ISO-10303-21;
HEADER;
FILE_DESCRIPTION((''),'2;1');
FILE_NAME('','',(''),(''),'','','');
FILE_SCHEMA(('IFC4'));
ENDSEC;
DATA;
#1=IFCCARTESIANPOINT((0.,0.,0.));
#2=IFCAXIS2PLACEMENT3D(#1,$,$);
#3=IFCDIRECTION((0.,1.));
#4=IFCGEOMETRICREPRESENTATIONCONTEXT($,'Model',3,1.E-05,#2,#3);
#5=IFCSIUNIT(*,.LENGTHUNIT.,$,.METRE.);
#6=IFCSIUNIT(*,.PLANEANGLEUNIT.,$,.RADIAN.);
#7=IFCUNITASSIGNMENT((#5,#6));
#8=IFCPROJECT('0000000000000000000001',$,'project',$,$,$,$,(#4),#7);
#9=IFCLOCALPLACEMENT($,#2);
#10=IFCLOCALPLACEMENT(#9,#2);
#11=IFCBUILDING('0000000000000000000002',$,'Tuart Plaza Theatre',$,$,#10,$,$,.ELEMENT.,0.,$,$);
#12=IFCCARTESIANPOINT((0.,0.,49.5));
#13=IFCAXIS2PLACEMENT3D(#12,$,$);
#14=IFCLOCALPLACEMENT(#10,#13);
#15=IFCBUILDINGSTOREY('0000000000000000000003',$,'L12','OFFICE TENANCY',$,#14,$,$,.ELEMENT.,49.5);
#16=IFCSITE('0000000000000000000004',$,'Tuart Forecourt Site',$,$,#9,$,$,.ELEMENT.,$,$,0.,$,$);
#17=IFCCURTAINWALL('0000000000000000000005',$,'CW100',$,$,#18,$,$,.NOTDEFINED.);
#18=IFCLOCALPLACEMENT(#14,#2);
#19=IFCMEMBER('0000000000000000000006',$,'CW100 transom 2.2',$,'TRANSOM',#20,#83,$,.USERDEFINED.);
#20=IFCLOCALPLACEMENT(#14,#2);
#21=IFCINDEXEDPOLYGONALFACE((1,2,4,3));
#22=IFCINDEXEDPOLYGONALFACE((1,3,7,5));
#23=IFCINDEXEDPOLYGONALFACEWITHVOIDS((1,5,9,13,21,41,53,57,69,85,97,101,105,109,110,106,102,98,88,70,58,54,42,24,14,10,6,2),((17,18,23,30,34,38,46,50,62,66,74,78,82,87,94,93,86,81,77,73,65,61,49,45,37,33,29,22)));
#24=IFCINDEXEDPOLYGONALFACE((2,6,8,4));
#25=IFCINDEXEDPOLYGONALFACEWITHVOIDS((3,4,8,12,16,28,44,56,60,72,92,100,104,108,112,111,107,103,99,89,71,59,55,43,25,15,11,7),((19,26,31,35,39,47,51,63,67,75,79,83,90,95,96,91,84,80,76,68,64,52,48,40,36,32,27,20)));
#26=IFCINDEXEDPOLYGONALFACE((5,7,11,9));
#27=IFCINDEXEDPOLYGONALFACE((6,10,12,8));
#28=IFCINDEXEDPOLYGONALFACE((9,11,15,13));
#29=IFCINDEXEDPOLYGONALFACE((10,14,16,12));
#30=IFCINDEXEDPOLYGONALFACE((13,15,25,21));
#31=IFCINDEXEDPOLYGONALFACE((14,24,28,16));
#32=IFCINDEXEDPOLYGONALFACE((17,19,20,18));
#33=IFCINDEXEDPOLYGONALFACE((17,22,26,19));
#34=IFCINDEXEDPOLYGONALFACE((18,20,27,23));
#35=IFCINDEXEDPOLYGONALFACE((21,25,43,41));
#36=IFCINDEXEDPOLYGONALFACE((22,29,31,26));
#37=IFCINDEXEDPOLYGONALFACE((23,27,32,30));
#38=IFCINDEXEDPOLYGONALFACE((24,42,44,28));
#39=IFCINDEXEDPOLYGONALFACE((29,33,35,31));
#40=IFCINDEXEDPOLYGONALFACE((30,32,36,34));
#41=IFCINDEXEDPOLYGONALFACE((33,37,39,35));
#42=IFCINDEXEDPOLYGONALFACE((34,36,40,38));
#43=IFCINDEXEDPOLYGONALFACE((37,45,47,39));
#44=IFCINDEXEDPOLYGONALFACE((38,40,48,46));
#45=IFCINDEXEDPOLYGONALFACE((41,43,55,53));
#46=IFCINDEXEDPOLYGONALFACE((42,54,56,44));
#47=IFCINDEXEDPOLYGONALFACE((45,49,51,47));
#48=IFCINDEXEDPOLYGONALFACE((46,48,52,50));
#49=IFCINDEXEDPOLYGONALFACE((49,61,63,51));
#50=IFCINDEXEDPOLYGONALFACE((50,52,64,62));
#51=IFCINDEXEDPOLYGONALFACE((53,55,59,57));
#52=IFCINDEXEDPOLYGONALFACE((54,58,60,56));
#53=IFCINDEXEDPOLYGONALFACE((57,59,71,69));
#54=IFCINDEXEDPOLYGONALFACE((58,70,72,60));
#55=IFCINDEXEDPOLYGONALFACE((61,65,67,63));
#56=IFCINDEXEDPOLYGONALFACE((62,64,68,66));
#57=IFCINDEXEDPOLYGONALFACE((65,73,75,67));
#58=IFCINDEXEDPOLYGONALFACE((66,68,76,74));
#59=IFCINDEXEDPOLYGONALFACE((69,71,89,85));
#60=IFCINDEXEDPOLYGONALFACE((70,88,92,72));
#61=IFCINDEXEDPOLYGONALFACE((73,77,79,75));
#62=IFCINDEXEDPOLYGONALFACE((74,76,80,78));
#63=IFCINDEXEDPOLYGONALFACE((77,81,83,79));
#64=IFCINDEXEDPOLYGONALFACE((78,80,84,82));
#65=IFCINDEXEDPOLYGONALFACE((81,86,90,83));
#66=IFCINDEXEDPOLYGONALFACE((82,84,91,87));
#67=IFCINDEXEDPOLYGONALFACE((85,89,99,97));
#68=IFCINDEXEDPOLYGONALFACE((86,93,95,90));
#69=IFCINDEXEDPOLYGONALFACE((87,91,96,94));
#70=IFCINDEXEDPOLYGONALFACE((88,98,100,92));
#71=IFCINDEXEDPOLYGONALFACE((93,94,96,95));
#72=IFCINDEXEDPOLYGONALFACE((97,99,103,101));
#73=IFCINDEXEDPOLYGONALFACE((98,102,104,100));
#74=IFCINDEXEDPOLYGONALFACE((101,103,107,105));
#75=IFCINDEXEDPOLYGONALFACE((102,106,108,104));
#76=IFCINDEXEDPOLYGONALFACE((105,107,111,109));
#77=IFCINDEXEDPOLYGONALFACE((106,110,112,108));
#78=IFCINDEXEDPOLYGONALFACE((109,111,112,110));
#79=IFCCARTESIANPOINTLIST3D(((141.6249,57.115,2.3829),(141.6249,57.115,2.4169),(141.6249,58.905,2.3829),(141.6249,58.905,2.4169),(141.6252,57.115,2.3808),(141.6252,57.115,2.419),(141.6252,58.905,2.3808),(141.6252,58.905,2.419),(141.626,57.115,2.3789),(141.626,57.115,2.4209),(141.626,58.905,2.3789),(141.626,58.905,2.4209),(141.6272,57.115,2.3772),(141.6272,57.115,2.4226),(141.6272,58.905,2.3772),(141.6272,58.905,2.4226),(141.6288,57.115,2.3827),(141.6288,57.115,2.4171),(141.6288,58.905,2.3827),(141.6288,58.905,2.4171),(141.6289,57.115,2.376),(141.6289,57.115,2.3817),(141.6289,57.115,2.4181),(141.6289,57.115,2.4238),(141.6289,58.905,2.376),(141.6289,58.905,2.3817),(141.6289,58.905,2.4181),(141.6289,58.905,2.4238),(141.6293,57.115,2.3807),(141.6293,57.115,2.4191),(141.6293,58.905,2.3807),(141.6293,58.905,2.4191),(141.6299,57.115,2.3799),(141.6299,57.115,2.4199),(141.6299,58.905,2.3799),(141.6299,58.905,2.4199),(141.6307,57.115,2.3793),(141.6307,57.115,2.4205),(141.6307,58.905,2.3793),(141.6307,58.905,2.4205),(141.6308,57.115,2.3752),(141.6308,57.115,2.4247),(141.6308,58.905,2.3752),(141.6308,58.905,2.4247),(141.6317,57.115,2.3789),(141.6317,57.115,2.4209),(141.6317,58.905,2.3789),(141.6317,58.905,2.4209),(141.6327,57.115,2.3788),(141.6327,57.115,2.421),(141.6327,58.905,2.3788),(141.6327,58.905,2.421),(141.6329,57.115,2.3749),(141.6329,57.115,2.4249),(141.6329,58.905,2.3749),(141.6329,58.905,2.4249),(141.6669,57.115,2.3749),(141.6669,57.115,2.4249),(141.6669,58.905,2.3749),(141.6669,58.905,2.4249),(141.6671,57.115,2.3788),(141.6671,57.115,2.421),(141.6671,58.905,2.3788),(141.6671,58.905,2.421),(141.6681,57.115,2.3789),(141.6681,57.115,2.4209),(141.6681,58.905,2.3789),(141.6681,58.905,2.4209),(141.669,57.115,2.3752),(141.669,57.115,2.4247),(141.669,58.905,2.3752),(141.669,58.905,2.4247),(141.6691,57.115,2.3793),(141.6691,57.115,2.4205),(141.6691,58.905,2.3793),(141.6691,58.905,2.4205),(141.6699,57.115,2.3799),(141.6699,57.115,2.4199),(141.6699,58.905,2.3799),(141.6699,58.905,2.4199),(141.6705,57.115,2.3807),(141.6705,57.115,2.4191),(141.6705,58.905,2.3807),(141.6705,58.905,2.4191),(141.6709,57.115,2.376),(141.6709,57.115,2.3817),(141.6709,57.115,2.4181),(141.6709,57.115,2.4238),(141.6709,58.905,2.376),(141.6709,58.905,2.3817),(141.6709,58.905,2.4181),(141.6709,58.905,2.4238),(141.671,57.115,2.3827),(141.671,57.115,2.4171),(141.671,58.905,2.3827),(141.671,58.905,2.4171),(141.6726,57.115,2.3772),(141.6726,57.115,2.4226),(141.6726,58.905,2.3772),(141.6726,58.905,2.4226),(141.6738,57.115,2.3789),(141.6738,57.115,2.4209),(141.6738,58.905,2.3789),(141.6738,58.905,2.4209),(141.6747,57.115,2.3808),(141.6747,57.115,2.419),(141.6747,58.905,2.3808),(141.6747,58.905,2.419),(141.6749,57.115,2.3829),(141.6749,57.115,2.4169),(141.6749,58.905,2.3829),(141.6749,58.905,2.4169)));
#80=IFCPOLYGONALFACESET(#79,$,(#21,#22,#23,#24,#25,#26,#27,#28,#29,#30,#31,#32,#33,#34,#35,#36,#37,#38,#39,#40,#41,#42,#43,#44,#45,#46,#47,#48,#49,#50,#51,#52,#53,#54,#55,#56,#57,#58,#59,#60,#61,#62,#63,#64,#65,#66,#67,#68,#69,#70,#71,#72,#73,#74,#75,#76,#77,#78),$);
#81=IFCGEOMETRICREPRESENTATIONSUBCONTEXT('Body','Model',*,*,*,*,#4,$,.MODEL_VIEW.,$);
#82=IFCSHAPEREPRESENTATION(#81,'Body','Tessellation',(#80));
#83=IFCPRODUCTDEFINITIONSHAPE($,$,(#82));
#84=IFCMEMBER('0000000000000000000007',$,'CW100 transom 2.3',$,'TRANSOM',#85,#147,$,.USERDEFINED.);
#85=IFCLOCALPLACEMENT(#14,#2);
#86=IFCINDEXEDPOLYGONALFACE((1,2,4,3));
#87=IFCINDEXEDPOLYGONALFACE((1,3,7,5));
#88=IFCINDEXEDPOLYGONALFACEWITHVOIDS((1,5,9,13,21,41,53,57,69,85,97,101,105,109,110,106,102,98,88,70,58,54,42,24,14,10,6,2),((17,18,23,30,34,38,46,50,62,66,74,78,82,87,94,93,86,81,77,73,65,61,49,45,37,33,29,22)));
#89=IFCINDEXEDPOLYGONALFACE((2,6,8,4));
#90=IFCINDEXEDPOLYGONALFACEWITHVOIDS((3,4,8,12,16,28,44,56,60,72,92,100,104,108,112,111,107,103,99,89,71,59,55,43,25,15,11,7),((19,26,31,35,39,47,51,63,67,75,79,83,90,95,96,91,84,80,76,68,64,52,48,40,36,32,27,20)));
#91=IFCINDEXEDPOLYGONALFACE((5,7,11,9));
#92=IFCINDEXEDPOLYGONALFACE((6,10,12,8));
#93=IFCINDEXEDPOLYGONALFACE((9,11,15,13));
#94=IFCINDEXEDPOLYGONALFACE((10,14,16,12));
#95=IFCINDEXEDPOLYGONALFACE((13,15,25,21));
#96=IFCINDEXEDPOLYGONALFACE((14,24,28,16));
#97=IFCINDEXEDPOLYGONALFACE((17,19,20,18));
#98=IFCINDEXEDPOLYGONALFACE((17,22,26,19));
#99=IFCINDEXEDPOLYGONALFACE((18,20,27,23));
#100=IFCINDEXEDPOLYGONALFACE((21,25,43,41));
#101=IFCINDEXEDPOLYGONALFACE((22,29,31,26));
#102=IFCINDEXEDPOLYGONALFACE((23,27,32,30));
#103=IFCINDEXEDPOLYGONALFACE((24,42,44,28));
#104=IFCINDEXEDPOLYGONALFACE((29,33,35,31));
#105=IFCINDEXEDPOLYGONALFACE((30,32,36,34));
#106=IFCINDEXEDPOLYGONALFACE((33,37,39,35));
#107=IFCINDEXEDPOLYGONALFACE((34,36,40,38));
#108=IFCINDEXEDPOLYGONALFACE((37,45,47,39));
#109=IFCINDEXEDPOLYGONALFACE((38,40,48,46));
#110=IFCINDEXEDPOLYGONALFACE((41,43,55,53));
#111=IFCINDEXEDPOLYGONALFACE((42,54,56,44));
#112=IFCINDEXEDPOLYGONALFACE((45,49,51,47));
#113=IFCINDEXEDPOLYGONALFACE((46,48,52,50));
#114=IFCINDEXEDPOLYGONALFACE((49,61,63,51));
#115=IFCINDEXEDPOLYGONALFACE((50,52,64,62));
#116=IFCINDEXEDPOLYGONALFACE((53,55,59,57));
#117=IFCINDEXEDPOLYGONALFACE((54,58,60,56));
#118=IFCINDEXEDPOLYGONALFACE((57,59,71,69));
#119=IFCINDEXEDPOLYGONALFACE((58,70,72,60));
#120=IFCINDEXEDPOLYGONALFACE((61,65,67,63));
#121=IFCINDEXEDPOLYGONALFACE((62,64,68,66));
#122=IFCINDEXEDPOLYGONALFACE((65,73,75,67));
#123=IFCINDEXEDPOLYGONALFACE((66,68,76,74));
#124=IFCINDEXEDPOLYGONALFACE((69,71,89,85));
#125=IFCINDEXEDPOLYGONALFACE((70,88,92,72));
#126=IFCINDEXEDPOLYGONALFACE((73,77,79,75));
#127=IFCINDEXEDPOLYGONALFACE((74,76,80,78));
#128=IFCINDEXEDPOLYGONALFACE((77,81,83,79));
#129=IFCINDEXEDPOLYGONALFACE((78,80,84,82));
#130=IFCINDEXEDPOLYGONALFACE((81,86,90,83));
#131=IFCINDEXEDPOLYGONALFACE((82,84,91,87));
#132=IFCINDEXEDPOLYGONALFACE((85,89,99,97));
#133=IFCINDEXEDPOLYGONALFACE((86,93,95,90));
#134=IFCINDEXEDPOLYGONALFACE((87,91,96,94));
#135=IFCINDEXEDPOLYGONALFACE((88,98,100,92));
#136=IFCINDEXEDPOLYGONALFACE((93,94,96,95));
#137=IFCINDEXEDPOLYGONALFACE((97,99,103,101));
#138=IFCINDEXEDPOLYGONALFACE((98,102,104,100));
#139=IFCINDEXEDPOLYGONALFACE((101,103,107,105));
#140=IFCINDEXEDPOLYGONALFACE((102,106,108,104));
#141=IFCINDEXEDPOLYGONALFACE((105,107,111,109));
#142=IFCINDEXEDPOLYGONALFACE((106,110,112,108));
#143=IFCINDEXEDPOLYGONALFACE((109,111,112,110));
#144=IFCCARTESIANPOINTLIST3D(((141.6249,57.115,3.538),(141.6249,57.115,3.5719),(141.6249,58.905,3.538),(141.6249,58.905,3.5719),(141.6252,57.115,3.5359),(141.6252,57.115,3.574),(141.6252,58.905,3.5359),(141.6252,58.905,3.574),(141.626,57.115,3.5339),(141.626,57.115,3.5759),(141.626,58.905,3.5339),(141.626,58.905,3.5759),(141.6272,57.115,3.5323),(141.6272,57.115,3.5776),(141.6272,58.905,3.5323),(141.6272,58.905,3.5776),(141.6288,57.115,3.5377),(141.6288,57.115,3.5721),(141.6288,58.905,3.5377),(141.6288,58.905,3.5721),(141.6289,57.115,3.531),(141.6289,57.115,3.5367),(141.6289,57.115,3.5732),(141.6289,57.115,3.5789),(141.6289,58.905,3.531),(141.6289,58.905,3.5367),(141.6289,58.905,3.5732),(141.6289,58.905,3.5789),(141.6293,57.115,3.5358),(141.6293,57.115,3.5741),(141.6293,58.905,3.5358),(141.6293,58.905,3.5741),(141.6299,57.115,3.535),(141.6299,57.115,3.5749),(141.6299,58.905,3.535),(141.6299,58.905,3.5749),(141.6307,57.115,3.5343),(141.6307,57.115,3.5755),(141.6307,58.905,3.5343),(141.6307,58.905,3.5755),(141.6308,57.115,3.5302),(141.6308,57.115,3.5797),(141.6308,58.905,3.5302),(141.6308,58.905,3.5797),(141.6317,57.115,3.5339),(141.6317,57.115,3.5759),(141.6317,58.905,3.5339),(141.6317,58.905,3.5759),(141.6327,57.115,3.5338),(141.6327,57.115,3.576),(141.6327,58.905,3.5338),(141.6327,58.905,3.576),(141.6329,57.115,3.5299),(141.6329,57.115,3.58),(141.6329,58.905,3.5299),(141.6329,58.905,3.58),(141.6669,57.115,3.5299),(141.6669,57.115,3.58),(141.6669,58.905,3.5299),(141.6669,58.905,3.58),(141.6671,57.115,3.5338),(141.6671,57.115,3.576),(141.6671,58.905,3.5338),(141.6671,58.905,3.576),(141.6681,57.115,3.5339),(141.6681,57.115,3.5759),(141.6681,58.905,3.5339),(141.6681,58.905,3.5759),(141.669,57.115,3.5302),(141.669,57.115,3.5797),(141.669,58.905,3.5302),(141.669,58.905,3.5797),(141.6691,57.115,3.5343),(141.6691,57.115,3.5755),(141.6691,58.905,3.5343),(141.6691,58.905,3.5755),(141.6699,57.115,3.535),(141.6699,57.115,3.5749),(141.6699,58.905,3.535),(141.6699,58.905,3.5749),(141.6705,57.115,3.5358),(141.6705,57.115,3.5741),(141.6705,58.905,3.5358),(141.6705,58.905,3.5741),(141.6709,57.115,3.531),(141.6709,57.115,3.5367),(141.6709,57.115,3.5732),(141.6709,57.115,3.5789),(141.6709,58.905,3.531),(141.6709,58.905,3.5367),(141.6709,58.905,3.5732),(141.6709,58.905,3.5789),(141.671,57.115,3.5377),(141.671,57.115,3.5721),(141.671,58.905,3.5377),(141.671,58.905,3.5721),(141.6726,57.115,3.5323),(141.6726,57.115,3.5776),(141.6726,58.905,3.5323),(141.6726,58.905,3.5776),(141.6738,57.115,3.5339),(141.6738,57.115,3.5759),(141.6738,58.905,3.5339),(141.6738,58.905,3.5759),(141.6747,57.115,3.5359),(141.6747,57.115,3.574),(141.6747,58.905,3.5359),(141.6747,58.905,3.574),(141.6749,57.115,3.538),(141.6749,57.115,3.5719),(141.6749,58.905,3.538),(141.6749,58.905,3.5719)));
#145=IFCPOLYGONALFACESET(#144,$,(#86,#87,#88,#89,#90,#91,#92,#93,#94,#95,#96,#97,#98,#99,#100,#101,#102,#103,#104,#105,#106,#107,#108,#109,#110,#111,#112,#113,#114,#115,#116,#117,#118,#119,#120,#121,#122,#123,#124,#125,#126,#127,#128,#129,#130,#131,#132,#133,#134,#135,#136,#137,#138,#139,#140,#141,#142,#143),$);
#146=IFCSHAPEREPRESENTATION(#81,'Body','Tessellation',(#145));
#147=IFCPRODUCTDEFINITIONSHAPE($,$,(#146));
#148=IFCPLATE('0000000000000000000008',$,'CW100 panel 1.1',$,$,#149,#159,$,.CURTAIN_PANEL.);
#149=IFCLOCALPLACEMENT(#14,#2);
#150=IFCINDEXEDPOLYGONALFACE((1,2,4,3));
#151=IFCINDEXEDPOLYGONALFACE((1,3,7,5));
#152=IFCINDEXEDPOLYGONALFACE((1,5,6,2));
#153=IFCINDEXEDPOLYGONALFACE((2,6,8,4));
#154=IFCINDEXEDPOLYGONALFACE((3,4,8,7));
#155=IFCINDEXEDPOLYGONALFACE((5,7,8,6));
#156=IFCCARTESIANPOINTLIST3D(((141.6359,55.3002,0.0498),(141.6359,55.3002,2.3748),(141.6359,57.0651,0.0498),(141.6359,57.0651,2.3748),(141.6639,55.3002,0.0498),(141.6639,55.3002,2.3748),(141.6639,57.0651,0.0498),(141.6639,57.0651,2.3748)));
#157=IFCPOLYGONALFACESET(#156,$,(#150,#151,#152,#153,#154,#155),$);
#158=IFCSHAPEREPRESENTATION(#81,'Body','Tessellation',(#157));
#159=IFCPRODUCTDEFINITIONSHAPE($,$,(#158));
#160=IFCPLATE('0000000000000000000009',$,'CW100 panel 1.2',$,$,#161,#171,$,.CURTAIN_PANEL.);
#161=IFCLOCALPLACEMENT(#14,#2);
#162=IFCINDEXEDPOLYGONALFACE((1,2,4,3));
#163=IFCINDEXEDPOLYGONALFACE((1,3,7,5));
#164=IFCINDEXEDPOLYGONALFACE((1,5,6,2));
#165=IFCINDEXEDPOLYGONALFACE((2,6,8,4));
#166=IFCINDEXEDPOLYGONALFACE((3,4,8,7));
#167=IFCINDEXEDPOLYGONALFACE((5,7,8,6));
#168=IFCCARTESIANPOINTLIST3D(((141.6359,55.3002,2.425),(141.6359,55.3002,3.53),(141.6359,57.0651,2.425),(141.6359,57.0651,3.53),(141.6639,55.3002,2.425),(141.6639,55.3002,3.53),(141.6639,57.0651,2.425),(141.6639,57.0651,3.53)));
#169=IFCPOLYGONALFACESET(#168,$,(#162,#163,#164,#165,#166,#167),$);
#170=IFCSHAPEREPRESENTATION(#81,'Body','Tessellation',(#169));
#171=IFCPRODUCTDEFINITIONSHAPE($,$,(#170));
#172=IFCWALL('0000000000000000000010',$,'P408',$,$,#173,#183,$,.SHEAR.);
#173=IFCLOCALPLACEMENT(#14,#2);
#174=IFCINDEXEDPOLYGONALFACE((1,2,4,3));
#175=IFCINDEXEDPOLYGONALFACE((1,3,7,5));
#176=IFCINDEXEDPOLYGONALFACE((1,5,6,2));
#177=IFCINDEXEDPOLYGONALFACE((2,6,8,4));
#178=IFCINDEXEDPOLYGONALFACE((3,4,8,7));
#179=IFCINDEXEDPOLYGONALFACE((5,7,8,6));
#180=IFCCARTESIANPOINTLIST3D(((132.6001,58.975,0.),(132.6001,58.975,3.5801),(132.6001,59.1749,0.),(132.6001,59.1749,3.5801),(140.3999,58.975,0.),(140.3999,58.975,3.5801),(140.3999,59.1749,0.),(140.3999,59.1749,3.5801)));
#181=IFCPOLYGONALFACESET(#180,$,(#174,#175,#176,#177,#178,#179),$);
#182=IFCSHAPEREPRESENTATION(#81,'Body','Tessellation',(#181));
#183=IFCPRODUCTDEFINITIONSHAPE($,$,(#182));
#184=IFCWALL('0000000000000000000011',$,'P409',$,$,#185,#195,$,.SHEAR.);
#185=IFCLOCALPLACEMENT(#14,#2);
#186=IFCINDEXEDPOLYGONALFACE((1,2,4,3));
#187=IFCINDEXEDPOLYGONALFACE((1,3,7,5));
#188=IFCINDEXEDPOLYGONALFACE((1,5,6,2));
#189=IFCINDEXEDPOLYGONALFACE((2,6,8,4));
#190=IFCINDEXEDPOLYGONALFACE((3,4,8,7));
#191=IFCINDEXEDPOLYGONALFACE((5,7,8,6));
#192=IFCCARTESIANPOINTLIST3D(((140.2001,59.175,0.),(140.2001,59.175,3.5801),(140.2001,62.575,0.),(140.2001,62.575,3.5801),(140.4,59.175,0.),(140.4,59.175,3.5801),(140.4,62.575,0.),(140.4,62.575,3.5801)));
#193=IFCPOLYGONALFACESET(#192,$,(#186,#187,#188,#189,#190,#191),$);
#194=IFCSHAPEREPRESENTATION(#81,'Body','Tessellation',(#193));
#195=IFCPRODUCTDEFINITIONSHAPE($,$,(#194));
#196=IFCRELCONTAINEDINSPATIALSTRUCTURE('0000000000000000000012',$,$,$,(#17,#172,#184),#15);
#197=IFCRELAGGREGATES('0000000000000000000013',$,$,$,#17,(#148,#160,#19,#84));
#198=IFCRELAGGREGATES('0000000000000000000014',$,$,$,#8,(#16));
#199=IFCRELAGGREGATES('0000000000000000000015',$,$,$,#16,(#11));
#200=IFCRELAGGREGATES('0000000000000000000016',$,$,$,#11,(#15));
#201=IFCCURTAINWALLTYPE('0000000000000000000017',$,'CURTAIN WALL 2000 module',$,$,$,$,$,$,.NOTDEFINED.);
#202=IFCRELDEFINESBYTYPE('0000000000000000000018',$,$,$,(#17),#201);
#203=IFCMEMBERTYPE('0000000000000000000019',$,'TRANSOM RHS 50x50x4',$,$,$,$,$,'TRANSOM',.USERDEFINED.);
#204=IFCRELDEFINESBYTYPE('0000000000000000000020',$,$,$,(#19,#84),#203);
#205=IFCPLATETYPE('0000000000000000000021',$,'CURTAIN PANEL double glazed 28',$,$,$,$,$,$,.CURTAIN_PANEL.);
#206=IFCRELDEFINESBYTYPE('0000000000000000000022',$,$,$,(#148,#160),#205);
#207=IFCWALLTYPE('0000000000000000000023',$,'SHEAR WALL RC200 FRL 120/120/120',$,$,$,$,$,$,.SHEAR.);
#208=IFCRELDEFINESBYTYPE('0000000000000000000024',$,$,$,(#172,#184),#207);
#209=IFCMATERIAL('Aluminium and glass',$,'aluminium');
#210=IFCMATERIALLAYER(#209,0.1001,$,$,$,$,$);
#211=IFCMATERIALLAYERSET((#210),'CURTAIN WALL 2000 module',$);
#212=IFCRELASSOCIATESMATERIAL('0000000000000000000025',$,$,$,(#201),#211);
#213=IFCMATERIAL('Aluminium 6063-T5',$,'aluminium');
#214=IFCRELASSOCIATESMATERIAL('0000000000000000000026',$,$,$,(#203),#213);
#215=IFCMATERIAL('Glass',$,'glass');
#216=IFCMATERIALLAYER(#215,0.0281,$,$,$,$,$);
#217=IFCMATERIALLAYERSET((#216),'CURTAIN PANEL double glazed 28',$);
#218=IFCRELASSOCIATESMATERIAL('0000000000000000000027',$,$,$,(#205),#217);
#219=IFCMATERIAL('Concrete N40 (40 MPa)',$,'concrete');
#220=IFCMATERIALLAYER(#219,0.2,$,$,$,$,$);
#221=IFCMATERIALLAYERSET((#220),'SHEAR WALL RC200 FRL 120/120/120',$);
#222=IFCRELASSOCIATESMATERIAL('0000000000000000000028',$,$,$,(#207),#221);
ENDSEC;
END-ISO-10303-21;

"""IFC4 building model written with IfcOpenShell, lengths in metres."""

from ifc_helpers import new_model, si_unit, direction, frame, frame_2d, origin, origin_2d, place, context, subcontext, project, spatial, rectangle, hollow_rectangle, extrude, material, layer, layer_set, material_profile, profile_set, type_object, element, aggregate, save


model = new_model("IFC4")

# Units and contexts
model_context = context("Model", 3, precision=1e-05, world=origin(), true_north=direction((0.0, 1.0)))
body_context = subcontext(model_context, "Body", "Model", "MODEL_VIEW")
ifc_project = project(units=[si_unit("LENGTHUNIT", "METRE"), si_unit("PLANEANGLEUNIT", "RADIAN")], contexts=[model_context])

# Site, building, storey
site_placement = place(None, origin())
site = spatial("IfcSite", under=ifc_project, at=site_placement, Name="Tuart Forecourt Site", CompositionType="ELEMENT", RefElevation=0.0)
building_placement = place(site_placement, origin())
building = spatial("IfcBuilding", under=site, at=building_placement, Name="Tuart Plaza Theatre", CompositionType="ELEMENT", ElevationOfRefHeight=0.0)
storey_placement = place(building_placement, frame((0.0, 0.0, 49.5)))
storey = spatial("IfcBuildingStorey", under=building, at=storey_placement, Name="L12", Description="OFFICE TENANCY", CompositionType="ELEMENT", Elevation=49.5)

# Curtain wall, members, plates
ifc_material_1 = material(Name="Aluminium and glass", Category="aluminium")
ifc_layer_1 = layer(ifc_material_1, 0.1001)
ifc_layer_set_1 = layer_set([ifc_layer_1], Name="CURTAIN WALL 2000 module")
curtain_wall_type = type_object("IfcCurtainWallType", Name="CURTAIN WALL 2000 module", PredefinedType="NOTDEFINED", material=ifc_layer_set_1)
curtain_wall_placement = place(storey_placement, origin())
curtain_wall = element("IfcCurtainWall", 1, at=curtain_wall_placement, inside=storey, type_object=curtain_wall_type, Name="CW100", PredefinedType="NOTDEFINED")
ifc_material_2 = material(Name="Aluminium 6063-T5", Category="aluminium")
ifc_material_profile_1 = material_profile(ifc_material_2, hollow_rectangle(XDim=0.05, YDim=0.05, WallThickness=0.0039, InnerFilletRadius=0.0039, OuterFilletRadius=0.0081, at=origin_2d()), Name="RHS 50x50x4")
ifc_profile_set_1 = profile_set([ifc_material_profile_1], Name="Aluminium 6063-T5")
member_type_1 = type_object("IfcMemberType", Name="TRANSOM RHS 50x50x4", ElementType="TRANSOM", PredefinedType="USERDEFINED", material=ifc_profile_set_1)
member_1_placement = place(storey_placement, frame((141.6499, 57.115, 2.3999), z_axis=(0.0, 1.0, 0.0), x_axis=(-1.0, 0.0, 0.0)))
member_1 = element("IfcMember", 2, at=member_1_placement, type_object=member_type_1, Name="CW100 transom 2.2", ObjectType="TRANSOM", PredefinedType="USERDEFINED", context=body_context, shape_type="SweptSolid", body=[
    extrude(hollow_rectangle(XDim=0.05, YDim=0.05, WallThickness=0.0039, InnerFilletRadius=0.0039, OuterFilletRadius=0.0081, at=origin_2d()), origin(), (0.0, 0.0, 1.0), 1.79),
])
member_2_placement = place(storey_placement, frame((141.6499, 57.115, 3.5549), z_axis=(0.0, 1.0, 0.0), x_axis=(-1.0, 0.0, 0.0)))
member_2 = element("IfcMember", 3, at=member_2_placement, type_object=member_type_1, Name="CW100 transom 2.3", ObjectType="TRANSOM", PredefinedType="USERDEFINED", context=body_context, shape_type="SweptSolid", body=[
    extrude(hollow_rectangle(XDim=0.05, YDim=0.05, WallThickness=0.0039, InnerFilletRadius=0.0039, OuterFilletRadius=0.0081, at=origin_2d()), origin(), (0.0, 0.0, 1.0), 1.79),
])
ifc_material_3 = material(Name="Glass", Category="glass")
ifc_layer_2 = layer(ifc_material_3, 0.0281)
ifc_layer_set_2 = layer_set([ifc_layer_2], Name="CURTAIN PANEL double glazed 28")
plate_type = type_object("IfcPlateType", Name="CURTAIN PANEL double glazed 28", PredefinedType="CURTAIN_PANEL", material=ifc_layer_set_2)
plate_1_placement = place(storey_placement, frame((141.6499, 56.1826, 0.0498), z_axis=(0.0, 0.0, 1.0), x_axis=(0.0, 1.0, 0.0)))
plate_1 = element("IfcPlate", 4, at=plate_1_placement, type_object=plate_type, Name="CW100 panel 1.1", PredefinedType="CURTAIN_PANEL", context=body_context, shape_type="SweptSolid", body=[
    extrude(rectangle(XDim=1.7649, YDim=0.0281, at=origin_2d()), origin(), (0.0, 0.0, 1.0), 2.325),
])
plate_2_placement = place(storey_placement, frame((141.6499, 56.1826, 2.425), z_axis=(0.0, 0.0, 1.0), x_axis=(0.0, 1.0, 0.0)))
plate_2 = element("IfcPlate", 5, at=plate_2_placement, type_object=plate_type, Name="CW100 panel 1.2", PredefinedType="CURTAIN_PANEL", context=body_context, shape_type="SweptSolid", body=[
    extrude(rectangle(XDim=1.7649, YDim=0.0281, at=origin_2d()), origin(), (0.0, 0.0, 1.0), 1.105),
])
aggregate(curtain_wall, [plate_1, plate_2, member_1, member_2])

# Walls
ifc_material_4 = material(Name="Concrete N40 (40 MPa)", Category="concrete")
ifc_layer_3 = layer(ifc_material_4, 0.2)
ifc_layer_set_3 = layer_set([ifc_layer_3], Name="SHEAR WALL RC200 FRL 120/120/120")
wall_type = type_object("IfcWallType", Name="SHEAR WALL RC200 FRL 120/120/120", PredefinedType="SHEAR", material=ifc_layer_set_3)
wall_1_placement = place(storey_placement, frame((132.6001, 59.075, 0.0), z_axis=(0.0, 0.0, 1.0), x_axis=(1.0, 0.0, 0.0)))
element("IfcWall", 6, at=wall_1_placement, inside=storey, type_object=wall_type, Name="P408", PredefinedType="SHEAR", context=body_context, shape_type="SweptSolid", body=[
    extrude(rectangle(XDim=7.7998, YDim=0.2, at=frame_2d((3.8999, 0.0))), origin(), (0.0, 0.0, 1.0), 3.5801),
])
wall_2_placement = place(storey_placement, frame((140.3, 59.175, 0.0), z_axis=(0.0, 0.0, 1.0), x_axis=(0.0, 1.0, 0.0)))
element("IfcWall", 7, at=wall_2_placement, inside=storey, type_object=wall_type, Name="P409", PredefinedType="SHEAR", context=body_context, shape_type="SweptSolid", body=[
    extrude(rectangle(XDim=3.3999, YDim=0.2, at=frame_2d((1.7, 0.0))), origin(), (0.0, 0.0, 1.0), 3.5801),
])

save(model, "model.ifc")
